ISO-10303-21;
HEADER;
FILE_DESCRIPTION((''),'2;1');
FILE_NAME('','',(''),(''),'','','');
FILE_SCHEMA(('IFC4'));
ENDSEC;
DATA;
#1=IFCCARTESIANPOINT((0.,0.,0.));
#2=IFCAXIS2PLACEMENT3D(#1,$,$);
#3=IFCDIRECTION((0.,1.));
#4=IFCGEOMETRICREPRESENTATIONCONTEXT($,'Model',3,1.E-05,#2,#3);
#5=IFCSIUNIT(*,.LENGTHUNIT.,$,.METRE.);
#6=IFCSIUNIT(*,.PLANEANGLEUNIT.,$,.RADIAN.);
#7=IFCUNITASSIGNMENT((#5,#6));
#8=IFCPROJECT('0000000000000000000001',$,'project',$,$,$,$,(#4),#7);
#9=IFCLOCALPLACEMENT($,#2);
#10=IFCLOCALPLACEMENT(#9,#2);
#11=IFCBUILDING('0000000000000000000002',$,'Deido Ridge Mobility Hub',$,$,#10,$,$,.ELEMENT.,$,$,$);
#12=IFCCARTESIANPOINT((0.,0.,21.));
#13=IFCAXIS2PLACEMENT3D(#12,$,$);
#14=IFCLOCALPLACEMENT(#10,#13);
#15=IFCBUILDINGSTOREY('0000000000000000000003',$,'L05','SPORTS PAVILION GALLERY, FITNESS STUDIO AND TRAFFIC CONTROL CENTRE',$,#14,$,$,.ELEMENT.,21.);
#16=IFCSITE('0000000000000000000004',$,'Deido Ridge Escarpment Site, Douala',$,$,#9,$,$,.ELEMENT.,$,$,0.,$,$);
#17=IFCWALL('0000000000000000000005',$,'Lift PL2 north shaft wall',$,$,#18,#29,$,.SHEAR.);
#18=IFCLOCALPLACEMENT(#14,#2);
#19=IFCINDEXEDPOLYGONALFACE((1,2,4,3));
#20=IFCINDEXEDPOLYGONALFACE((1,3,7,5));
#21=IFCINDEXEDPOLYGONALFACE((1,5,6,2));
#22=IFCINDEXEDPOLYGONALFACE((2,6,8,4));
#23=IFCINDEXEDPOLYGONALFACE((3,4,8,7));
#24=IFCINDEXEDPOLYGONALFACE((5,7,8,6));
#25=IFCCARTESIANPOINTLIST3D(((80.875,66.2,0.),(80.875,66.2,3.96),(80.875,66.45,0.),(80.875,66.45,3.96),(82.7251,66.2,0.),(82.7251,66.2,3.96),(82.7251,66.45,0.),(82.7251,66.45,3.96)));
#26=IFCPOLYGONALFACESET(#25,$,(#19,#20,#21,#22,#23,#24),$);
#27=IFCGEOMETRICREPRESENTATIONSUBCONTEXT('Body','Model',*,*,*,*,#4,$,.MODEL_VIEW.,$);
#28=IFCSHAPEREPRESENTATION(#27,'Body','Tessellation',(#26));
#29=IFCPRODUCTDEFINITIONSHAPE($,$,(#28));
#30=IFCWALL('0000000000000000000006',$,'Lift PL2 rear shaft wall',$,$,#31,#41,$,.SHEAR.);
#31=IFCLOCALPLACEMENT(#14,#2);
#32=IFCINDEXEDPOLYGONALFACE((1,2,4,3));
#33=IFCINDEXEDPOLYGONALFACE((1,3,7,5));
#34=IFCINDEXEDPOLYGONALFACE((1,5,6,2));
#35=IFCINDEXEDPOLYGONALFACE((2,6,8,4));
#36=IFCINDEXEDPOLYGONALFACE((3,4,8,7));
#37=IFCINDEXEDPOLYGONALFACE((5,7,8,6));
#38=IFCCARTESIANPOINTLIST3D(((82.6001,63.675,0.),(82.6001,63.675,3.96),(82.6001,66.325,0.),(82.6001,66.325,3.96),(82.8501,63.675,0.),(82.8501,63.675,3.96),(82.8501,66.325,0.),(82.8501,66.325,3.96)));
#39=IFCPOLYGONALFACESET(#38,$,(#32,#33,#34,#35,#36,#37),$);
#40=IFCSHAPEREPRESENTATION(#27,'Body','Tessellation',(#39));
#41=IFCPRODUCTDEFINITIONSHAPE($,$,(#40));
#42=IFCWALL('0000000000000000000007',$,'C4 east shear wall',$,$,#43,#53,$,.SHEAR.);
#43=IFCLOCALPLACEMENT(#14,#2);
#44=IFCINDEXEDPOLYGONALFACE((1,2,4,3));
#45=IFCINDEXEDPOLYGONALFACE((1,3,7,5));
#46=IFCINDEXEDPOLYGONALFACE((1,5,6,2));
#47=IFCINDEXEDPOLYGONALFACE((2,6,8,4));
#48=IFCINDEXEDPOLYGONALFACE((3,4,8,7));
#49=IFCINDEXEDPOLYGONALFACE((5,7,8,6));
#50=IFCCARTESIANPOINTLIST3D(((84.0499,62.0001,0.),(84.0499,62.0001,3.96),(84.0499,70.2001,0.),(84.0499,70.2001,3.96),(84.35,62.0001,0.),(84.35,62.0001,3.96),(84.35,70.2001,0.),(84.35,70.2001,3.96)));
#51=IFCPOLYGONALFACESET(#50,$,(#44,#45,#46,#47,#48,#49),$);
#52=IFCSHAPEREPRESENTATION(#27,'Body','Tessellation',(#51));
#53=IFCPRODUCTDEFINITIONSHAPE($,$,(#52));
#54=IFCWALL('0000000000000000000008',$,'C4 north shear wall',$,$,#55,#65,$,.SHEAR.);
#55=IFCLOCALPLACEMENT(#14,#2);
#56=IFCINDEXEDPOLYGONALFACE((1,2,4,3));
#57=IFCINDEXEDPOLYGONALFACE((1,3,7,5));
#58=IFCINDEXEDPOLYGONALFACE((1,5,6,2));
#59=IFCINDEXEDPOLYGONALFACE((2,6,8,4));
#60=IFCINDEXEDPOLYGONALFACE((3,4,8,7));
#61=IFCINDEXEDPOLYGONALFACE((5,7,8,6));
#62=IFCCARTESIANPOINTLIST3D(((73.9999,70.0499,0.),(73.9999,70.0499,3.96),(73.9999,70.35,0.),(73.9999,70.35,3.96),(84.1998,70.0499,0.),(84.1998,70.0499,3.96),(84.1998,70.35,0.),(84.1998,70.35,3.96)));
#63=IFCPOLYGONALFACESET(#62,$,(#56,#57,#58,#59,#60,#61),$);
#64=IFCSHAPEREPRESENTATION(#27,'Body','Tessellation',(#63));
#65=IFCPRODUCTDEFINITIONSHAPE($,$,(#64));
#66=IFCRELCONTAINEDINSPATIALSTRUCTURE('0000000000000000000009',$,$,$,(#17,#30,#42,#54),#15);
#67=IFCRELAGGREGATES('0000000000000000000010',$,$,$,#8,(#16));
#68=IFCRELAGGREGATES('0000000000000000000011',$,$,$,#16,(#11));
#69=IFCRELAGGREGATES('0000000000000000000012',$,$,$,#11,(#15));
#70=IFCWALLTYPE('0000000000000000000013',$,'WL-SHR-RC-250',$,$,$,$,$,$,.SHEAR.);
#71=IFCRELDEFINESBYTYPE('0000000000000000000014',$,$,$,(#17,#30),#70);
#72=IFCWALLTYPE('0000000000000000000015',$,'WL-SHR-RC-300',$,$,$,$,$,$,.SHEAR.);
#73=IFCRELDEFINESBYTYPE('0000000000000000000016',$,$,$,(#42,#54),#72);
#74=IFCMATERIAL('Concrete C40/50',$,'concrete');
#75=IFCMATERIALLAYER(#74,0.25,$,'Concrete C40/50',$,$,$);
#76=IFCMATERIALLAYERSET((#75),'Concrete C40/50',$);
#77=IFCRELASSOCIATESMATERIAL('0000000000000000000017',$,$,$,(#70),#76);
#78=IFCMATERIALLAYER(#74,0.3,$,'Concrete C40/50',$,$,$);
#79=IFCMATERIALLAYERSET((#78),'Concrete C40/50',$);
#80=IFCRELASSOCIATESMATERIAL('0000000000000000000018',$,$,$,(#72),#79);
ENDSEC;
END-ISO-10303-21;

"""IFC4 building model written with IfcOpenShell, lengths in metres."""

from ifc_helpers import new_model, si_unit, direction, frame, frame_2d, origin, place, context, subcontext, project, spatial, rectangle, extrude, material, layer, layer_set, type_object, element, save


model = new_model("IFC4")

# Units and contexts
model_context = context("Model", 3, precision=1e-05, world=origin(), true_north=direction((0.0, 1.0)))
body_context = subcontext(model_context, "Body", "Model", "MODEL_VIEW")
ifc_project = project(units=[si_unit("LENGTHUNIT", "METRE"), si_unit("PLANEANGLEUNIT", "RADIAN")], contexts=[model_context])

# Site, building, storey
site_placement = place(None, origin())
site = spatial("IfcSite", under=ifc_project, at=site_placement, Name="Deido Ridge Escarpment Site, Douala", CompositionType="ELEMENT", RefElevation=0.0)
building_placement = place(site_placement, origin())
building = spatial("IfcBuilding", under=site, at=building_placement, Name="Deido Ridge Mobility Hub", CompositionType="ELEMENT")
storey_placement = place(building_placement, frame((0.0, 0.0, 21.0)))
storey = spatial("IfcBuildingStorey", under=building, at=storey_placement, Name="L05", Description="SPORTS PAVILION GALLERY, FITNESS STUDIO AND TRAFFIC CONTROL CENTRE", CompositionType="ELEMENT", Elevation=21.0)

# Walls
ifc_material_1 = material(Name="Concrete C40/50", Category="concrete")
ifc_layer_1 = layer(ifc_material_1, 0.25, Name="Concrete C40/50")
ifc_layer_set_1 = layer_set([ifc_layer_1], Name="Concrete C40/50")
wall_type_1 = type_object("IfcWallType", Name="WL-SHR-RC-250", PredefinedType="SHEAR", material=ifc_layer_set_1)
for number, where, z_axis, x_axis, name in (
    (1, (80.875, 66.325, 0.0), (0.0, 0.0, 1.0), (1.0, 0.0, 0.0), "Lift PL2 north shaft wall"),
):
    element("IfcWall", number, at=place(storey_placement, frame(where, z_axis=z_axis, x_axis=x_axis)), inside=storey, type_object=wall_type_1, Name=name, PredefinedType="SHEAR", context=body_context, shape_type="SweptSolid", body=[
        extrude(rectangle(XDim=1.8501, YDim=0.25, at=frame_2d((0.925, 0.0))), origin(), (0.0, 0.0, 1.0), 3.96),
    ])
wall_1_placement = place(storey_placement, frame((82.7251, 63.675, 0.0), z_axis=(0.0, 0.0, 1.0), x_axis=(0.0, 1.0, 0.0)))
element("IfcWall", 2, at=wall_1_placement, inside=storey, type_object=wall_type_1, Name="Lift PL2 rear shaft wall", PredefinedType="SHEAR", context=body_context, shape_type="SweptSolid", body=[
    extrude(rectangle(XDim=2.6499, YDim=0.25, at=frame_2d((1.325, 0.0))), origin(), (0.0, 0.0, 1.0), 3.96),
])

# Walls
ifc_layer_2 = layer(ifc_material_1, 0.3, Name="Concrete C40/50")
ifc_layer_set_2 = layer_set([ifc_layer_2], Name="Concrete C40/50")
wall_type_2 = type_object("IfcWallType", Name="WL-SHR-RC-300", PredefinedType="SHEAR", material=ifc_layer_set_2)
wall_2_placement = place(storey_placement, frame((84.2, 62.0, 0.0), z_axis=(0.0, 0.0, 1.0), x_axis=(0.0, 1.0, 0.0)))
element("IfcWall", 3, at=wall_2_placement, inside=storey, type_object=wall_type_2, Name="C4 east shear wall", PredefinedType="SHEAR", context=body_context, shape_type="SweptSolid", body=[
    extrude(rectangle(XDim=8.2, YDim=0.3, at=frame_2d((4.1001, 0.0))), origin(), (0.0, 0.0, 1.0), 3.96),
])
wall_3_placement = place(storey_placement, frame((84.2, 70.2, 0.0), z_axis=(0.0, 0.0, 1.0), x_axis=(-1.0, 0.0, 0.0)))
element("IfcWall", 4, at=wall_3_placement, inside=storey, type_object=wall_type_2, Name="C4 north shear wall", PredefinedType="SHEAR", context=body_context, shape_type="SweptSolid", body=[
    extrude(rectangle(XDim=10.2, YDim=0.3, at=frame_2d((5.1001, 0.0))), origin(), (0.0, 0.0, 1.0), 3.96),
])

save(model, "model.ifc")
